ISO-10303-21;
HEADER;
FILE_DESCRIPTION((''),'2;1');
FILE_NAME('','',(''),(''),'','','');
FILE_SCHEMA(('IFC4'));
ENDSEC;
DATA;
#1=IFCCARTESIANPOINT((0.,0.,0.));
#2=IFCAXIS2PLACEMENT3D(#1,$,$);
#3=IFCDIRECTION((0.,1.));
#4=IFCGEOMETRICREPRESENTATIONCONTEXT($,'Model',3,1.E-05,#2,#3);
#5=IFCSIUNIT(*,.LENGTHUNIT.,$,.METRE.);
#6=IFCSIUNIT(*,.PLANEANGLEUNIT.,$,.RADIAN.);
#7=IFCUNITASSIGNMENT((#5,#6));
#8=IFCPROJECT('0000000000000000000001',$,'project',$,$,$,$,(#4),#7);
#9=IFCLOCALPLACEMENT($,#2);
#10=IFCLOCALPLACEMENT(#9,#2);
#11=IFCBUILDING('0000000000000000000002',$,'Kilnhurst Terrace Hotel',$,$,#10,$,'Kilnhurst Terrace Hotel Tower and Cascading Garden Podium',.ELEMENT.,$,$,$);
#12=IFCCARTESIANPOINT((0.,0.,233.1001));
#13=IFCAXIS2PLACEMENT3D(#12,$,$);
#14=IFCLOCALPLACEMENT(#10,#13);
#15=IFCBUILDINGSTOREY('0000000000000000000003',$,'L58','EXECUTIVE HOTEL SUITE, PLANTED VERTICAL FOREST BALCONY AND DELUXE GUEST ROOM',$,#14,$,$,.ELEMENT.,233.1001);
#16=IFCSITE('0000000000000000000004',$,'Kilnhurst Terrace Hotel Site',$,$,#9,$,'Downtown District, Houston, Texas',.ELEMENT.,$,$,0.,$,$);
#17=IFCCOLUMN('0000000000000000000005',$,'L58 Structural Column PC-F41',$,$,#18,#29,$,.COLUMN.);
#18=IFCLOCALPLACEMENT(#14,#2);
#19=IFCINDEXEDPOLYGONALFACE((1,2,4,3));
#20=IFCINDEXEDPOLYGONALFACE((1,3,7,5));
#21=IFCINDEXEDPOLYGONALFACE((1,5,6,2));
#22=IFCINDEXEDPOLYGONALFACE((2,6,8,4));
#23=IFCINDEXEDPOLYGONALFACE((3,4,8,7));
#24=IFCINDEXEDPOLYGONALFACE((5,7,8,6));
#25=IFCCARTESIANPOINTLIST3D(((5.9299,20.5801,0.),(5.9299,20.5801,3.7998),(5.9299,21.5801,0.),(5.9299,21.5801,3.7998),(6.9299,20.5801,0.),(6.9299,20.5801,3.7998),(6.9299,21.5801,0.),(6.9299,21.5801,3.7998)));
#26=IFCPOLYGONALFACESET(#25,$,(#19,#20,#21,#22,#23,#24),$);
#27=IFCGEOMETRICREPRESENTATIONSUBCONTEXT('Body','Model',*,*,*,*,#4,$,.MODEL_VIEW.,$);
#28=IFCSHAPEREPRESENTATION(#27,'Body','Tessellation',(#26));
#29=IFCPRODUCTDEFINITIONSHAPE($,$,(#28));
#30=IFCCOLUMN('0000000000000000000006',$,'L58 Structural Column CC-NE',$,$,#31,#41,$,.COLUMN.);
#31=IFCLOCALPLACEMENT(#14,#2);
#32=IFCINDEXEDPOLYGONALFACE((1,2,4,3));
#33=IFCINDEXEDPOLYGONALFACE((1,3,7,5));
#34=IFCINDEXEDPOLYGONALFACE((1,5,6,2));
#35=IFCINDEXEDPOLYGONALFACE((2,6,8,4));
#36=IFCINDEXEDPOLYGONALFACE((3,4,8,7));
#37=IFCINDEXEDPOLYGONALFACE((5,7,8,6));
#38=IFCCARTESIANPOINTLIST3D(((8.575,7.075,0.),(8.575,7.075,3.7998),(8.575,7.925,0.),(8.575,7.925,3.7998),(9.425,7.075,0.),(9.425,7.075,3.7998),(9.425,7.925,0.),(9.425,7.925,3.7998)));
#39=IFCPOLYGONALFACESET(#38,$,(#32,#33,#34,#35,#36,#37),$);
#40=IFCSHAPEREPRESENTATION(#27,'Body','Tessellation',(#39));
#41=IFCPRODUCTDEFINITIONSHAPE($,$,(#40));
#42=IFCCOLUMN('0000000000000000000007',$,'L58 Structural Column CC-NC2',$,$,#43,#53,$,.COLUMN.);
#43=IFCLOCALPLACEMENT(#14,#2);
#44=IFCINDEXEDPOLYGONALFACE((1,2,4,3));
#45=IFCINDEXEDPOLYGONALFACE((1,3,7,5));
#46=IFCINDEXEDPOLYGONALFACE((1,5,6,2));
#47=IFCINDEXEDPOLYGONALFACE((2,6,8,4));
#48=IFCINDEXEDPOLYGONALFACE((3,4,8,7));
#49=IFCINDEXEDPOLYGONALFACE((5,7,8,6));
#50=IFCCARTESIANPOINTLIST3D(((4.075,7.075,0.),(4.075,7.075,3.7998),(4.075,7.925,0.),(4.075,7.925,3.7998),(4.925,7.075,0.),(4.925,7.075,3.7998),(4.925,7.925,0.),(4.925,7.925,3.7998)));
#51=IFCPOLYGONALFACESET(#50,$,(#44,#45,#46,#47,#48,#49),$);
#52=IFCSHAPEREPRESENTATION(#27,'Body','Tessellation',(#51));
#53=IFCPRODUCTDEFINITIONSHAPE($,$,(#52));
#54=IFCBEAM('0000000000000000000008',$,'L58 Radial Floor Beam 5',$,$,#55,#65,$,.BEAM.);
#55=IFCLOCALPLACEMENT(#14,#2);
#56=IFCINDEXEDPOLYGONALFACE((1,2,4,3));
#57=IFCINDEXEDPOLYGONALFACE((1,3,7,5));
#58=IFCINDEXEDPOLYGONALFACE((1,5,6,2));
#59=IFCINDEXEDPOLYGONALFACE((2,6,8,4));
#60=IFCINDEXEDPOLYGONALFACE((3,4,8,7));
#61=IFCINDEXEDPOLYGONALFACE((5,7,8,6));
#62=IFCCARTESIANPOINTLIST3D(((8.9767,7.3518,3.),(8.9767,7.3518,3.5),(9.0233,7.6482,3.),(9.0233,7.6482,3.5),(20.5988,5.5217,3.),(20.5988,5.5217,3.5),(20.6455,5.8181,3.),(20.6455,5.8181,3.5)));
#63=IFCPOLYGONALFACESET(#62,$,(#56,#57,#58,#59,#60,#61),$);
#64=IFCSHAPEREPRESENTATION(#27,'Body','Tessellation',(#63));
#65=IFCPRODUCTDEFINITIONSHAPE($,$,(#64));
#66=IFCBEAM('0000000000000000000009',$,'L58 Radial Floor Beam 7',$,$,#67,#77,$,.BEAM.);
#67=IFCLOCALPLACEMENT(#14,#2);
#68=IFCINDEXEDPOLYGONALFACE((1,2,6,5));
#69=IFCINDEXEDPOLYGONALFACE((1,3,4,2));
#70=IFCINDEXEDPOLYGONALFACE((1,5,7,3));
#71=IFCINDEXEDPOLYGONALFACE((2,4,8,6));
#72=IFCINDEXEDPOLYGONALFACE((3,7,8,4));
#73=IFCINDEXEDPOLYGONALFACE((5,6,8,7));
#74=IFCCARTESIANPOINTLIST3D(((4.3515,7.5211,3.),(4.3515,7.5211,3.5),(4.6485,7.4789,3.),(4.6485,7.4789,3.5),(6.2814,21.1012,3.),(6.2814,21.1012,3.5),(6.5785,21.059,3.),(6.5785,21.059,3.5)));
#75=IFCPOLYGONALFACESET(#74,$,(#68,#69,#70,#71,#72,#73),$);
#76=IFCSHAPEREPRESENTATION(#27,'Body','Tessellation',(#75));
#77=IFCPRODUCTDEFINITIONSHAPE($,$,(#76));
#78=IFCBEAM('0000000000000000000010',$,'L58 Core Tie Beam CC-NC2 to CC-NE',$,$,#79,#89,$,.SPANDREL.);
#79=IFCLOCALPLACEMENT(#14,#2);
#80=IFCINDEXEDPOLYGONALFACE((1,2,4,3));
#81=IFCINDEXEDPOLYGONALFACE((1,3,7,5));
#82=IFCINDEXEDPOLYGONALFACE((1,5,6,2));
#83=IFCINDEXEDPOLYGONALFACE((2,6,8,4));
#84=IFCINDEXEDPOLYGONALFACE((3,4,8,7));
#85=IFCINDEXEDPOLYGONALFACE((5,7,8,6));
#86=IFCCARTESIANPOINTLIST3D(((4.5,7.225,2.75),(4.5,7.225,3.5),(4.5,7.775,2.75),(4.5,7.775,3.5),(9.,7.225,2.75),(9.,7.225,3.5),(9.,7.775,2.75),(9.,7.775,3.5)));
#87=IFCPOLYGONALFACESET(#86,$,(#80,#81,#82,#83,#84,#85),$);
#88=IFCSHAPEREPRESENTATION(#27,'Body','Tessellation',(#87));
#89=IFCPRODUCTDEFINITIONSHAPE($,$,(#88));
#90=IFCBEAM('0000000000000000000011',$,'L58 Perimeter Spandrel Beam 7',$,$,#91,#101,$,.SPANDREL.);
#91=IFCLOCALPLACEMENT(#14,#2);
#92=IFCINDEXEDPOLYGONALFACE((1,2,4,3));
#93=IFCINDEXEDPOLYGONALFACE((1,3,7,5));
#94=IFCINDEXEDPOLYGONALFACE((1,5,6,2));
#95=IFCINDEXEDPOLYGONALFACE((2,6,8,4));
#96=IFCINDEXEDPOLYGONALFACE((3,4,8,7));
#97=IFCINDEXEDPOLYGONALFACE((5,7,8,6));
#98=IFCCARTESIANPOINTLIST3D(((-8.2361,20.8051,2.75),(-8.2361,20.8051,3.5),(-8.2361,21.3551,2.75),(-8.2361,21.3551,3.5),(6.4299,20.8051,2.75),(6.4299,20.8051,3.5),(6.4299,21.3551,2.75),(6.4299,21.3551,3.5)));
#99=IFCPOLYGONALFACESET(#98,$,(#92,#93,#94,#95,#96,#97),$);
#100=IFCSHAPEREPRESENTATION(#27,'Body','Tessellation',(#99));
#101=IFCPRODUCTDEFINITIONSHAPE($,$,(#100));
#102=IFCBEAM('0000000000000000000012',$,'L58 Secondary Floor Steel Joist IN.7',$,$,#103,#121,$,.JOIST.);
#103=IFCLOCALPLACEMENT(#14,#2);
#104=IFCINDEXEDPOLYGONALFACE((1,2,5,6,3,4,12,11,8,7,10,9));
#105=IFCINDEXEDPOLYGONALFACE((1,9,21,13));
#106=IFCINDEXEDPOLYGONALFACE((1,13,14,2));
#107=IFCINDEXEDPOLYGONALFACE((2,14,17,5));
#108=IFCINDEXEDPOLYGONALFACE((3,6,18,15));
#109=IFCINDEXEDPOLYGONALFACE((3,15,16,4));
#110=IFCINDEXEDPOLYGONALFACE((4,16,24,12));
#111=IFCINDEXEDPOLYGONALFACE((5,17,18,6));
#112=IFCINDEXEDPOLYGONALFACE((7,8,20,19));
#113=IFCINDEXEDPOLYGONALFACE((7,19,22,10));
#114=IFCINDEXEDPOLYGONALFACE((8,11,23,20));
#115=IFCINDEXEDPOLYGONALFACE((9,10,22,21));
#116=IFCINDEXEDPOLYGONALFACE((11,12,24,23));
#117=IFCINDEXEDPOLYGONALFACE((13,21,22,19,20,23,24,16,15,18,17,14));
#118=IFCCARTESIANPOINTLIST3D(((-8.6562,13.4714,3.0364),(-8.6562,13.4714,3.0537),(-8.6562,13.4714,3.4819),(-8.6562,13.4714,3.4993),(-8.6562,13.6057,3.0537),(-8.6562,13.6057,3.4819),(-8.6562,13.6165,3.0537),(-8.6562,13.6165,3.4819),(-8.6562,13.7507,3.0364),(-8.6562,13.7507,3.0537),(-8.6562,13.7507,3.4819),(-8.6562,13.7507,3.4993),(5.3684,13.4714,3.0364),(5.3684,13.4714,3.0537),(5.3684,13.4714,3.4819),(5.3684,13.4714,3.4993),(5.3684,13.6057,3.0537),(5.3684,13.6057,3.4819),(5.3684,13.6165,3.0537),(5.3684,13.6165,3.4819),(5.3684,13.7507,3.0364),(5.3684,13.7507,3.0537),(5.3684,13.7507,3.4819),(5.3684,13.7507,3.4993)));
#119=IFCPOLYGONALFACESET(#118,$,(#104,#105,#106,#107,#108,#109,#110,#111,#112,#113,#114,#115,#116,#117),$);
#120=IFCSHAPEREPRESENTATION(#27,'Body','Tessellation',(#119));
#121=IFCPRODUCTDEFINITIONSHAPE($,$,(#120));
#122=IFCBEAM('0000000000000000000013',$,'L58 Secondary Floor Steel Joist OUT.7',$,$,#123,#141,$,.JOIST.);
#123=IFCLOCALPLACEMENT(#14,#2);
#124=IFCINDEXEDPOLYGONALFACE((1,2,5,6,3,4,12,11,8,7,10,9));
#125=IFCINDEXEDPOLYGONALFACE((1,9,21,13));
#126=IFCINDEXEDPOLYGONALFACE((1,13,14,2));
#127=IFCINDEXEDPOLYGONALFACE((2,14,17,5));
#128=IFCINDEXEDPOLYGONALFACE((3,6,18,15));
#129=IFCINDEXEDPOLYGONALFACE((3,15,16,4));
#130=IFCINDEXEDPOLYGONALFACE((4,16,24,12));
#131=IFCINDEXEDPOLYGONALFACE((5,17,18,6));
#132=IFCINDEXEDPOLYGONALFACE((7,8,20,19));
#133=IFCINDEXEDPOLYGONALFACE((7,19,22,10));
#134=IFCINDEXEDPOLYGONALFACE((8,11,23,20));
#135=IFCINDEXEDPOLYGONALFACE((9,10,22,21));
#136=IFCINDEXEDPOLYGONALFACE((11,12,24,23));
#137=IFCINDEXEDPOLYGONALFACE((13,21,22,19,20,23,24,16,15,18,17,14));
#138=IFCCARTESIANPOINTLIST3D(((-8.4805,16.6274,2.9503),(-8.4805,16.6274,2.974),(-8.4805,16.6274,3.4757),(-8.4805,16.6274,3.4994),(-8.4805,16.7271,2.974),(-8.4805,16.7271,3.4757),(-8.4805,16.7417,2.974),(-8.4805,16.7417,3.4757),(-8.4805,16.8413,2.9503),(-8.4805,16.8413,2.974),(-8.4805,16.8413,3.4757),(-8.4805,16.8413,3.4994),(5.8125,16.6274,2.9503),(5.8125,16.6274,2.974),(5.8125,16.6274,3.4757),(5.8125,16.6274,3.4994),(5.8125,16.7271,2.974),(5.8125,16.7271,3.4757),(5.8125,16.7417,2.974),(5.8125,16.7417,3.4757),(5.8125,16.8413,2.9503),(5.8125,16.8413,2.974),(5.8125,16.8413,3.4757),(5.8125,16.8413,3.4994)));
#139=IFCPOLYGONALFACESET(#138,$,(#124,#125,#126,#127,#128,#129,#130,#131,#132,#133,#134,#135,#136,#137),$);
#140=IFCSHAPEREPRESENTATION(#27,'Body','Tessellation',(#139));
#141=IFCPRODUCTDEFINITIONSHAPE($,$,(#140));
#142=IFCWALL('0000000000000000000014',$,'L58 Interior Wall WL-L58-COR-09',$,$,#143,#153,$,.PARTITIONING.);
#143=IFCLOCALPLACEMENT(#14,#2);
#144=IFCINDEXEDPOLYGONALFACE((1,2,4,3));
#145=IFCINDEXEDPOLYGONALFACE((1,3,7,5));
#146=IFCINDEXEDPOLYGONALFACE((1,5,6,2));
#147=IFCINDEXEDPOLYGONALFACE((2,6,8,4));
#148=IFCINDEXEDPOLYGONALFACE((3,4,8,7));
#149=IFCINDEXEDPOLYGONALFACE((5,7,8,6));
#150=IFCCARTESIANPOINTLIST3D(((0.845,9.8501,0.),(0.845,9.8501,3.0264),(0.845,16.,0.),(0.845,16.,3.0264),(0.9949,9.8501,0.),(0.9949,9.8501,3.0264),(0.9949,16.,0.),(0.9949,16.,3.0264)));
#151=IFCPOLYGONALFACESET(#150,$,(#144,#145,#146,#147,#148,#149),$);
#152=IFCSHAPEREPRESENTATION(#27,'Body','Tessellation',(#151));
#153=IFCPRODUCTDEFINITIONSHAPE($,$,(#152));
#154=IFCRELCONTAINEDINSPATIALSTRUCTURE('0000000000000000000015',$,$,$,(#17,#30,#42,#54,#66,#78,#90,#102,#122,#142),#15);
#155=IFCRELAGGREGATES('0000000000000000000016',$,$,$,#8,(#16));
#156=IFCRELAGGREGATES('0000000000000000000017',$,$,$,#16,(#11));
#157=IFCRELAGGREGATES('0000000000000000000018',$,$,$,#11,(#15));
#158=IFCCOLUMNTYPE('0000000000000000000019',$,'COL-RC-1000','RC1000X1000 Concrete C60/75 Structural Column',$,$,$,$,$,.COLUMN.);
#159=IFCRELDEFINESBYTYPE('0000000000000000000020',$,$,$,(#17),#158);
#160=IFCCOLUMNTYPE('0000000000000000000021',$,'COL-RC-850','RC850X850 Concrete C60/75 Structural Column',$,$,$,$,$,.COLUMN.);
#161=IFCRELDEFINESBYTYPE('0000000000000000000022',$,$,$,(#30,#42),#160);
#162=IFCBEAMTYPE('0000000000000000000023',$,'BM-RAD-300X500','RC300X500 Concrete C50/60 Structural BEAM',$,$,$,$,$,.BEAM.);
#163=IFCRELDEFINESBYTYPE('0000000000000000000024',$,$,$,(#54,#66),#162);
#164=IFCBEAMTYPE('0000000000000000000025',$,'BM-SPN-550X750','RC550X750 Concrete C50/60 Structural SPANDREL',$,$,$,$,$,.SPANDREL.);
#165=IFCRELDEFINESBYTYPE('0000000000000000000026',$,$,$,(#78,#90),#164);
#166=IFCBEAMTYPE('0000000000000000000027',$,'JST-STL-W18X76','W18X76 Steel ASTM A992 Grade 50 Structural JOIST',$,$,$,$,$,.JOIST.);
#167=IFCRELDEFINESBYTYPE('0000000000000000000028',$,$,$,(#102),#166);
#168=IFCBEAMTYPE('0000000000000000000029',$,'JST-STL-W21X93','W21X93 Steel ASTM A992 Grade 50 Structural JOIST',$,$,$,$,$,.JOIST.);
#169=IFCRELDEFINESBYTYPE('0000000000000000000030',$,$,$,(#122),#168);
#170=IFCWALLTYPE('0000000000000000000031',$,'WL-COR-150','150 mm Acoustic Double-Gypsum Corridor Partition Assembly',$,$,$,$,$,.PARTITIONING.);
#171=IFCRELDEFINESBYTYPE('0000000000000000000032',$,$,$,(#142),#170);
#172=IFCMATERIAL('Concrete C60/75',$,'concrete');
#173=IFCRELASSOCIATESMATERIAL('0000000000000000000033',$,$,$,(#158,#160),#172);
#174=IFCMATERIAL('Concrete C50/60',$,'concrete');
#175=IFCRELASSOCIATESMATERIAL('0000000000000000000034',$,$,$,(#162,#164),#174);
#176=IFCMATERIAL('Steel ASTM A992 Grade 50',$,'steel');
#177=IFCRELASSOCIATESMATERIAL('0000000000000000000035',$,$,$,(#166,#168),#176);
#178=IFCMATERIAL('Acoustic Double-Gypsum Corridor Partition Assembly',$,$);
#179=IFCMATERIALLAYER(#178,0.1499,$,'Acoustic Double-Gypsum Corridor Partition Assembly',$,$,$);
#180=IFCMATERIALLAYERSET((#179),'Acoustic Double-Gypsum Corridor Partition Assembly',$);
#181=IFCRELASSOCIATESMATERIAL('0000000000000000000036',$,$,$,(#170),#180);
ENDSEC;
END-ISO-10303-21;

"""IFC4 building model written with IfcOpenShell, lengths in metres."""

from ifc_helpers import new_model, si_unit, direction, frame, frame_2d, origin, origin_2d, place, context, subcontext, project, spatial, rectangle, i_section, extrude, material, layer, layer_set, material_profile, profile_set, type_object, element, save


model = new_model("IFC4")

# Units and contexts
model_context = context("Model", 3, precision=1e-05, world=origin(), true_north=direction((0.0, 1.0)))
body_context = subcontext(model_context, "Body", "Model", "MODEL_VIEW")
ifc_project = project(units=[si_unit("LENGTHUNIT", "METRE"), si_unit("PLANEANGLEUNIT", "RADIAN")], contexts=[model_context])

# Site, building, storey
site_placement = place(None, origin())
site = spatial("IfcSite", under=ifc_project, at=site_placement, Name="Kilnhurst Terrace Hotel Site", LongName="Downtown District, Houston, Texas", CompositionType="ELEMENT", RefElevation=0.0)
building_placement = place(site_placement, origin())
building = spatial("IfcBuilding", under=site, at=building_placement, Name="Kilnhurst Terrace Hotel", LongName="Kilnhurst Terrace Hotel Tower and Cascading Garden Podium", CompositionType="ELEMENT")
storey_placement = place(building_placement, frame((0.0, 0.0, 233.1001)))
storey = spatial("IfcBuildingStorey", under=building, at=storey_placement, Name="L58", Description="EXECUTIVE HOTEL SUITE, PLANTED VERTICAL FOREST BALCONY AND DELUXE GUEST ROOM", CompositionType="ELEMENT", Elevation=233.1001)

# Columns
ifc_material_1 = material(Name="Concrete C60/75", Category="concrete")
ifc_material_profile_1 = material_profile(ifc_material_1, rectangle(XDim=1.0, YDim=1.0, at=origin_2d()), Name="RC1000X1000")
ifc_profile_set_1 = profile_set([ifc_material_profile_1], Name="Concrete C60/75")
column_type_1 = type_object("IfcColumnType", Name="COL-RC-1000", Description="RC1000X1000 Concrete C60/75 Structural Column", PredefinedType="COLUMN", material=ifc_profile_set_1)
column_placement = place(storey_placement, frame((6.4299, 21.0801, 0.0), z_axis=(0.0, 0.0, 1.0), x_axis=(1.0, 0.0, 0.0)))
element("IfcColumn", 1, at=column_placement, inside=storey, type_object=column_type_1, Name="L58 Structural Column PC-F41", PredefinedType="COLUMN", context=body_context, shape_type="SweptSolid", body=[
    extrude(rectangle(XDim=1.0, YDim=1.0, at=origin_2d()), origin(), (0.0, 0.0, 1.0), 3.7998),
])
ifc_material_profile_2 = material_profile(ifc_material_1, rectangle(XDim=0.8501, YDim=0.8501, at=origin_2d()), Name="RC850X850")
ifc_profile_set_2 = profile_set([ifc_material_profile_2], Name="Concrete C60/75")
column_type_2 = type_object("IfcColumnType", Name="COL-RC-850", Description="RC850X850 Concrete C60/75 Structural Column", PredefinedType="COLUMN", material=ifc_profile_set_2)
for number, where, z_axis, x_axis, name in (
    (2, (9.0, 7.5, 0.0), (0.0, 0.0, 1.0), (1.0, 0.0, 0.0), "L58 Structural Column CC-NE"),
    (3, (4.5, 7.5, 0.0), (0.0, 0.0, 1.0), (1.0, 0.0, 0.0), "L58 Structural Column CC-NC2"),
):
    element("IfcColumn", number, at=place(storey_placement, frame(where, z_axis=z_axis, x_axis=x_axis)), inside=storey, type_object=column_type_2, Name=name, PredefinedType="COLUMN", context=body_context, shape_type="SweptSolid", body=[
        extrude(rectangle(XDim=0.8501, YDim=0.8501, at=origin_2d()), origin(), (0.0, 0.0, 1.0), 3.7998),
    ])

# Beams
ifc_material_2 = material(Name="Concrete C50/60", Category="concrete")
ifc_material_profile_3 = material_profile(ifc_material_2, rectangle(XDim=0.3, YDim=0.5, at=origin_2d()), Name="RC300X500")
ifc_profile_set_3 = profile_set([ifc_material_profile_3], Name="Concrete C50/60")
beam_type_1 = type_object("IfcBeamType", Name="BM-RAD-300X500", Description="RC300X500 Concrete C50/60 Structural BEAM", PredefinedType="BEAM", material=ifc_profile_set_3)
beam_1_placement = place(storey_placement, frame((9.0, 7.5, 3.25), z_axis=(0.987828, -0.155549, 0.0), x_axis=(0.155549, 0.987828, 0.0)))
element("IfcBeam", 4, at=beam_1_placement, inside=storey, type_object=beam_type_1, Name="L58 Radial Floor Beam 5", PredefinedType="BEAM", context=body_context, shape_type="SweptSolid", body=[
    extrude(rectangle(XDim=0.3, YDim=0.5, at=origin_2d()), origin(), (0.0, 0.0, 1.0), 11.7654),
])
beam_2_placement = place(storey_placement, frame((4.5, 7.5, 3.25), z_axis=(0.140701, 0.990052, 0.0), x_axis=(-0.990052, 0.140701, 0.0)))
element("IfcBeam", 5, at=beam_2_placement, inside=storey, type_object=beam_type_1, Name="L58 Radial Floor Beam 7", PredefinedType="BEAM", context=body_context, shape_type="SweptSolid", body=[
    extrude(rectangle(XDim=0.3, YDim=0.5, at=origin_2d()), origin(), (0.0, 0.0, 1.0), 13.7166),
])
ifc_material_profile_4 = material_profile(ifc_material_2, rectangle(XDim=0.55, YDim=0.75, at=origin_2d()), Name="RC550X750")
ifc_profile_set_4 = profile_set([ifc_material_profile_4], Name="Concrete C50/60")
beam_type_2 = type_object("IfcBeamType", Name="BM-SPN-550X750", Description="RC550X750 Concrete C50/60 Structural SPANDREL", PredefinedType="SPANDREL", material=ifc_profile_set_4)
beam_3_placement = place(storey_placement, frame((4.5, 7.5, 3.125), z_axis=(1.0, 0.0, 0.0), x_axis=(0.0, 1.0, 0.0)))
element("IfcBeam", 6, at=beam_3_placement, inside=storey, type_object=beam_type_2, Name="L58 Core Tie Beam CC-NC2 to CC-NE", PredefinedType="SPANDREL", context=body_context, shape_type="SweptSolid", body=[
    extrude(rectangle(XDim=0.55, YDim=0.75, at=origin_2d()), origin(), (0.0, 0.0, 1.0), 4.5),
])
beam_4_placement = place(storey_placement, frame((6.4299, 21.0801, 3.125), z_axis=(-1.0, 0.0, 0.0), x_axis=(0.0, -1.0, 0.0)))
element("IfcBeam", 7, at=beam_4_placement, inside=storey, type_object=beam_type_2, Name="L58 Perimeter Spandrel Beam 7", PredefinedType="SPANDREL", context=body_context, shape_type="SweptSolid", body=[
    extrude(rectangle(XDim=0.55, YDim=0.75, at=origin_2d()), origin(), (0.0, 0.0, 1.0), 14.666),
])
ifc_material_3 = material(Name="Steel ASTM A992 Grade 50", Category="steel")
ifc_material_profile_5 = material_profile(ifc_material_3, i_section(OverallWidth=0.2793, OverallDepth=0.4629, WebThickness=0.0107, FlangeThickness=0.0173, at=origin_2d()), Name="W18X76")
ifc_profile_set_5 = profile_set([ifc_material_profile_5], Name="Steel ASTM A992 Grade 50")
beam_type_3 = type_object("IfcBeamType", Name="JST-STL-W18X76", Description="W18X76 Steel ASTM A992 Grade 50 Structural JOIST", PredefinedType="JOIST", material=ifc_profile_set_5)
beam_5_placement = place(storey_placement, frame((5.3684, 13.6111, 3.2678), z_axis=(-1.0, 0.0, 0.0), x_axis=(0.0, -1.0, 0.0)))
element("IfcBeam", 8, at=beam_5_placement, inside=storey, type_object=beam_type_3, Name="L58 Secondary Floor Steel Joist IN.7", PredefinedType="JOIST", context=body_context, shape_type="SweptSolid", body=[
    extrude(i_section(OverallWidth=0.2793, OverallDepth=0.4629, WebThickness=0.0107, FlangeThickness=0.0173, at=origin_2d()), origin(), (0.0, 0.0, 1.0), 14.0247),
])
ifc_material_profile_6 = material_profile(ifc_material_3, i_section(OverallWidth=0.2139, OverallDepth=0.5491, WebThickness=0.0146, FlangeThickness=0.0237, at=origin_2d()), Name="W21X93")
ifc_profile_set_6 = profile_set([ifc_material_profile_6], Name="Steel ASTM A992 Grade 50")
beam_type_4 = type_object("IfcBeamType", Name="JST-STL-W21X93", Description="W21X93 Steel ASTM A992 Grade 50 Structural JOIST", PredefinedType="JOIST", material=ifc_profile_set_6)
beam_6_placement = place(storey_placement, frame((5.8125, 16.7344, 3.2249), z_axis=(-1.0, 0.0, 0.0), x_axis=(0.0, -1.0, 0.0)))
element("IfcBeam", 9, at=beam_6_placement, inside=storey, type_object=beam_type_4, Name="L58 Secondary Floor Steel Joist OUT.7", PredefinedType="JOIST", context=body_context, shape_type="SweptSolid", body=[
    extrude(i_section(OverallWidth=0.2139, OverallDepth=0.5491, WebThickness=0.0146, FlangeThickness=0.0237, at=origin_2d()), origin(), (0.0, 0.0, 1.0), 14.293),
])

# Wall
ifc_material_4 = material(Name="Acoustic Double-Gypsum Corridor Partition Assembly")
ifc_layer_1 = layer(ifc_material_4, 0.1499, Name="Acoustic Double-Gypsum Corridor Partition Assembly")
ifc_layer_set_1 = layer_set([ifc_layer_1], Name="Acoustic Double-Gypsum Corridor Partition Assembly")
wall_type_1 = type_object("IfcWallType", Name="WL-COR-150", Description="150 mm Acoustic Double-Gypsum Corridor Partition Assembly", PredefinedType="PARTITIONING", material=ifc_layer_set_1)
wall_1_placement = place(storey_placement, frame((0.9199, 16.0, 0.0), z_axis=(0.0, 0.0, 1.0), x_axis=(0.0, -1.0, 0.0)))
element("IfcWall", 10, at=wall_1_placement, inside=storey, type_object=wall_type_1, Name="L58 Interior Wall WL-L58-COR-09", PredefinedType="PARTITIONING", context=body_context, shape_type="SweptSolid", body=[
    extrude(rectangle(XDim=6.1499, YDim=0.1499, at=frame_2d((3.075, 0.0))), origin(), (0.0, 0.0, 1.0), 3.0264),
])

save(model, "model.ifc")
